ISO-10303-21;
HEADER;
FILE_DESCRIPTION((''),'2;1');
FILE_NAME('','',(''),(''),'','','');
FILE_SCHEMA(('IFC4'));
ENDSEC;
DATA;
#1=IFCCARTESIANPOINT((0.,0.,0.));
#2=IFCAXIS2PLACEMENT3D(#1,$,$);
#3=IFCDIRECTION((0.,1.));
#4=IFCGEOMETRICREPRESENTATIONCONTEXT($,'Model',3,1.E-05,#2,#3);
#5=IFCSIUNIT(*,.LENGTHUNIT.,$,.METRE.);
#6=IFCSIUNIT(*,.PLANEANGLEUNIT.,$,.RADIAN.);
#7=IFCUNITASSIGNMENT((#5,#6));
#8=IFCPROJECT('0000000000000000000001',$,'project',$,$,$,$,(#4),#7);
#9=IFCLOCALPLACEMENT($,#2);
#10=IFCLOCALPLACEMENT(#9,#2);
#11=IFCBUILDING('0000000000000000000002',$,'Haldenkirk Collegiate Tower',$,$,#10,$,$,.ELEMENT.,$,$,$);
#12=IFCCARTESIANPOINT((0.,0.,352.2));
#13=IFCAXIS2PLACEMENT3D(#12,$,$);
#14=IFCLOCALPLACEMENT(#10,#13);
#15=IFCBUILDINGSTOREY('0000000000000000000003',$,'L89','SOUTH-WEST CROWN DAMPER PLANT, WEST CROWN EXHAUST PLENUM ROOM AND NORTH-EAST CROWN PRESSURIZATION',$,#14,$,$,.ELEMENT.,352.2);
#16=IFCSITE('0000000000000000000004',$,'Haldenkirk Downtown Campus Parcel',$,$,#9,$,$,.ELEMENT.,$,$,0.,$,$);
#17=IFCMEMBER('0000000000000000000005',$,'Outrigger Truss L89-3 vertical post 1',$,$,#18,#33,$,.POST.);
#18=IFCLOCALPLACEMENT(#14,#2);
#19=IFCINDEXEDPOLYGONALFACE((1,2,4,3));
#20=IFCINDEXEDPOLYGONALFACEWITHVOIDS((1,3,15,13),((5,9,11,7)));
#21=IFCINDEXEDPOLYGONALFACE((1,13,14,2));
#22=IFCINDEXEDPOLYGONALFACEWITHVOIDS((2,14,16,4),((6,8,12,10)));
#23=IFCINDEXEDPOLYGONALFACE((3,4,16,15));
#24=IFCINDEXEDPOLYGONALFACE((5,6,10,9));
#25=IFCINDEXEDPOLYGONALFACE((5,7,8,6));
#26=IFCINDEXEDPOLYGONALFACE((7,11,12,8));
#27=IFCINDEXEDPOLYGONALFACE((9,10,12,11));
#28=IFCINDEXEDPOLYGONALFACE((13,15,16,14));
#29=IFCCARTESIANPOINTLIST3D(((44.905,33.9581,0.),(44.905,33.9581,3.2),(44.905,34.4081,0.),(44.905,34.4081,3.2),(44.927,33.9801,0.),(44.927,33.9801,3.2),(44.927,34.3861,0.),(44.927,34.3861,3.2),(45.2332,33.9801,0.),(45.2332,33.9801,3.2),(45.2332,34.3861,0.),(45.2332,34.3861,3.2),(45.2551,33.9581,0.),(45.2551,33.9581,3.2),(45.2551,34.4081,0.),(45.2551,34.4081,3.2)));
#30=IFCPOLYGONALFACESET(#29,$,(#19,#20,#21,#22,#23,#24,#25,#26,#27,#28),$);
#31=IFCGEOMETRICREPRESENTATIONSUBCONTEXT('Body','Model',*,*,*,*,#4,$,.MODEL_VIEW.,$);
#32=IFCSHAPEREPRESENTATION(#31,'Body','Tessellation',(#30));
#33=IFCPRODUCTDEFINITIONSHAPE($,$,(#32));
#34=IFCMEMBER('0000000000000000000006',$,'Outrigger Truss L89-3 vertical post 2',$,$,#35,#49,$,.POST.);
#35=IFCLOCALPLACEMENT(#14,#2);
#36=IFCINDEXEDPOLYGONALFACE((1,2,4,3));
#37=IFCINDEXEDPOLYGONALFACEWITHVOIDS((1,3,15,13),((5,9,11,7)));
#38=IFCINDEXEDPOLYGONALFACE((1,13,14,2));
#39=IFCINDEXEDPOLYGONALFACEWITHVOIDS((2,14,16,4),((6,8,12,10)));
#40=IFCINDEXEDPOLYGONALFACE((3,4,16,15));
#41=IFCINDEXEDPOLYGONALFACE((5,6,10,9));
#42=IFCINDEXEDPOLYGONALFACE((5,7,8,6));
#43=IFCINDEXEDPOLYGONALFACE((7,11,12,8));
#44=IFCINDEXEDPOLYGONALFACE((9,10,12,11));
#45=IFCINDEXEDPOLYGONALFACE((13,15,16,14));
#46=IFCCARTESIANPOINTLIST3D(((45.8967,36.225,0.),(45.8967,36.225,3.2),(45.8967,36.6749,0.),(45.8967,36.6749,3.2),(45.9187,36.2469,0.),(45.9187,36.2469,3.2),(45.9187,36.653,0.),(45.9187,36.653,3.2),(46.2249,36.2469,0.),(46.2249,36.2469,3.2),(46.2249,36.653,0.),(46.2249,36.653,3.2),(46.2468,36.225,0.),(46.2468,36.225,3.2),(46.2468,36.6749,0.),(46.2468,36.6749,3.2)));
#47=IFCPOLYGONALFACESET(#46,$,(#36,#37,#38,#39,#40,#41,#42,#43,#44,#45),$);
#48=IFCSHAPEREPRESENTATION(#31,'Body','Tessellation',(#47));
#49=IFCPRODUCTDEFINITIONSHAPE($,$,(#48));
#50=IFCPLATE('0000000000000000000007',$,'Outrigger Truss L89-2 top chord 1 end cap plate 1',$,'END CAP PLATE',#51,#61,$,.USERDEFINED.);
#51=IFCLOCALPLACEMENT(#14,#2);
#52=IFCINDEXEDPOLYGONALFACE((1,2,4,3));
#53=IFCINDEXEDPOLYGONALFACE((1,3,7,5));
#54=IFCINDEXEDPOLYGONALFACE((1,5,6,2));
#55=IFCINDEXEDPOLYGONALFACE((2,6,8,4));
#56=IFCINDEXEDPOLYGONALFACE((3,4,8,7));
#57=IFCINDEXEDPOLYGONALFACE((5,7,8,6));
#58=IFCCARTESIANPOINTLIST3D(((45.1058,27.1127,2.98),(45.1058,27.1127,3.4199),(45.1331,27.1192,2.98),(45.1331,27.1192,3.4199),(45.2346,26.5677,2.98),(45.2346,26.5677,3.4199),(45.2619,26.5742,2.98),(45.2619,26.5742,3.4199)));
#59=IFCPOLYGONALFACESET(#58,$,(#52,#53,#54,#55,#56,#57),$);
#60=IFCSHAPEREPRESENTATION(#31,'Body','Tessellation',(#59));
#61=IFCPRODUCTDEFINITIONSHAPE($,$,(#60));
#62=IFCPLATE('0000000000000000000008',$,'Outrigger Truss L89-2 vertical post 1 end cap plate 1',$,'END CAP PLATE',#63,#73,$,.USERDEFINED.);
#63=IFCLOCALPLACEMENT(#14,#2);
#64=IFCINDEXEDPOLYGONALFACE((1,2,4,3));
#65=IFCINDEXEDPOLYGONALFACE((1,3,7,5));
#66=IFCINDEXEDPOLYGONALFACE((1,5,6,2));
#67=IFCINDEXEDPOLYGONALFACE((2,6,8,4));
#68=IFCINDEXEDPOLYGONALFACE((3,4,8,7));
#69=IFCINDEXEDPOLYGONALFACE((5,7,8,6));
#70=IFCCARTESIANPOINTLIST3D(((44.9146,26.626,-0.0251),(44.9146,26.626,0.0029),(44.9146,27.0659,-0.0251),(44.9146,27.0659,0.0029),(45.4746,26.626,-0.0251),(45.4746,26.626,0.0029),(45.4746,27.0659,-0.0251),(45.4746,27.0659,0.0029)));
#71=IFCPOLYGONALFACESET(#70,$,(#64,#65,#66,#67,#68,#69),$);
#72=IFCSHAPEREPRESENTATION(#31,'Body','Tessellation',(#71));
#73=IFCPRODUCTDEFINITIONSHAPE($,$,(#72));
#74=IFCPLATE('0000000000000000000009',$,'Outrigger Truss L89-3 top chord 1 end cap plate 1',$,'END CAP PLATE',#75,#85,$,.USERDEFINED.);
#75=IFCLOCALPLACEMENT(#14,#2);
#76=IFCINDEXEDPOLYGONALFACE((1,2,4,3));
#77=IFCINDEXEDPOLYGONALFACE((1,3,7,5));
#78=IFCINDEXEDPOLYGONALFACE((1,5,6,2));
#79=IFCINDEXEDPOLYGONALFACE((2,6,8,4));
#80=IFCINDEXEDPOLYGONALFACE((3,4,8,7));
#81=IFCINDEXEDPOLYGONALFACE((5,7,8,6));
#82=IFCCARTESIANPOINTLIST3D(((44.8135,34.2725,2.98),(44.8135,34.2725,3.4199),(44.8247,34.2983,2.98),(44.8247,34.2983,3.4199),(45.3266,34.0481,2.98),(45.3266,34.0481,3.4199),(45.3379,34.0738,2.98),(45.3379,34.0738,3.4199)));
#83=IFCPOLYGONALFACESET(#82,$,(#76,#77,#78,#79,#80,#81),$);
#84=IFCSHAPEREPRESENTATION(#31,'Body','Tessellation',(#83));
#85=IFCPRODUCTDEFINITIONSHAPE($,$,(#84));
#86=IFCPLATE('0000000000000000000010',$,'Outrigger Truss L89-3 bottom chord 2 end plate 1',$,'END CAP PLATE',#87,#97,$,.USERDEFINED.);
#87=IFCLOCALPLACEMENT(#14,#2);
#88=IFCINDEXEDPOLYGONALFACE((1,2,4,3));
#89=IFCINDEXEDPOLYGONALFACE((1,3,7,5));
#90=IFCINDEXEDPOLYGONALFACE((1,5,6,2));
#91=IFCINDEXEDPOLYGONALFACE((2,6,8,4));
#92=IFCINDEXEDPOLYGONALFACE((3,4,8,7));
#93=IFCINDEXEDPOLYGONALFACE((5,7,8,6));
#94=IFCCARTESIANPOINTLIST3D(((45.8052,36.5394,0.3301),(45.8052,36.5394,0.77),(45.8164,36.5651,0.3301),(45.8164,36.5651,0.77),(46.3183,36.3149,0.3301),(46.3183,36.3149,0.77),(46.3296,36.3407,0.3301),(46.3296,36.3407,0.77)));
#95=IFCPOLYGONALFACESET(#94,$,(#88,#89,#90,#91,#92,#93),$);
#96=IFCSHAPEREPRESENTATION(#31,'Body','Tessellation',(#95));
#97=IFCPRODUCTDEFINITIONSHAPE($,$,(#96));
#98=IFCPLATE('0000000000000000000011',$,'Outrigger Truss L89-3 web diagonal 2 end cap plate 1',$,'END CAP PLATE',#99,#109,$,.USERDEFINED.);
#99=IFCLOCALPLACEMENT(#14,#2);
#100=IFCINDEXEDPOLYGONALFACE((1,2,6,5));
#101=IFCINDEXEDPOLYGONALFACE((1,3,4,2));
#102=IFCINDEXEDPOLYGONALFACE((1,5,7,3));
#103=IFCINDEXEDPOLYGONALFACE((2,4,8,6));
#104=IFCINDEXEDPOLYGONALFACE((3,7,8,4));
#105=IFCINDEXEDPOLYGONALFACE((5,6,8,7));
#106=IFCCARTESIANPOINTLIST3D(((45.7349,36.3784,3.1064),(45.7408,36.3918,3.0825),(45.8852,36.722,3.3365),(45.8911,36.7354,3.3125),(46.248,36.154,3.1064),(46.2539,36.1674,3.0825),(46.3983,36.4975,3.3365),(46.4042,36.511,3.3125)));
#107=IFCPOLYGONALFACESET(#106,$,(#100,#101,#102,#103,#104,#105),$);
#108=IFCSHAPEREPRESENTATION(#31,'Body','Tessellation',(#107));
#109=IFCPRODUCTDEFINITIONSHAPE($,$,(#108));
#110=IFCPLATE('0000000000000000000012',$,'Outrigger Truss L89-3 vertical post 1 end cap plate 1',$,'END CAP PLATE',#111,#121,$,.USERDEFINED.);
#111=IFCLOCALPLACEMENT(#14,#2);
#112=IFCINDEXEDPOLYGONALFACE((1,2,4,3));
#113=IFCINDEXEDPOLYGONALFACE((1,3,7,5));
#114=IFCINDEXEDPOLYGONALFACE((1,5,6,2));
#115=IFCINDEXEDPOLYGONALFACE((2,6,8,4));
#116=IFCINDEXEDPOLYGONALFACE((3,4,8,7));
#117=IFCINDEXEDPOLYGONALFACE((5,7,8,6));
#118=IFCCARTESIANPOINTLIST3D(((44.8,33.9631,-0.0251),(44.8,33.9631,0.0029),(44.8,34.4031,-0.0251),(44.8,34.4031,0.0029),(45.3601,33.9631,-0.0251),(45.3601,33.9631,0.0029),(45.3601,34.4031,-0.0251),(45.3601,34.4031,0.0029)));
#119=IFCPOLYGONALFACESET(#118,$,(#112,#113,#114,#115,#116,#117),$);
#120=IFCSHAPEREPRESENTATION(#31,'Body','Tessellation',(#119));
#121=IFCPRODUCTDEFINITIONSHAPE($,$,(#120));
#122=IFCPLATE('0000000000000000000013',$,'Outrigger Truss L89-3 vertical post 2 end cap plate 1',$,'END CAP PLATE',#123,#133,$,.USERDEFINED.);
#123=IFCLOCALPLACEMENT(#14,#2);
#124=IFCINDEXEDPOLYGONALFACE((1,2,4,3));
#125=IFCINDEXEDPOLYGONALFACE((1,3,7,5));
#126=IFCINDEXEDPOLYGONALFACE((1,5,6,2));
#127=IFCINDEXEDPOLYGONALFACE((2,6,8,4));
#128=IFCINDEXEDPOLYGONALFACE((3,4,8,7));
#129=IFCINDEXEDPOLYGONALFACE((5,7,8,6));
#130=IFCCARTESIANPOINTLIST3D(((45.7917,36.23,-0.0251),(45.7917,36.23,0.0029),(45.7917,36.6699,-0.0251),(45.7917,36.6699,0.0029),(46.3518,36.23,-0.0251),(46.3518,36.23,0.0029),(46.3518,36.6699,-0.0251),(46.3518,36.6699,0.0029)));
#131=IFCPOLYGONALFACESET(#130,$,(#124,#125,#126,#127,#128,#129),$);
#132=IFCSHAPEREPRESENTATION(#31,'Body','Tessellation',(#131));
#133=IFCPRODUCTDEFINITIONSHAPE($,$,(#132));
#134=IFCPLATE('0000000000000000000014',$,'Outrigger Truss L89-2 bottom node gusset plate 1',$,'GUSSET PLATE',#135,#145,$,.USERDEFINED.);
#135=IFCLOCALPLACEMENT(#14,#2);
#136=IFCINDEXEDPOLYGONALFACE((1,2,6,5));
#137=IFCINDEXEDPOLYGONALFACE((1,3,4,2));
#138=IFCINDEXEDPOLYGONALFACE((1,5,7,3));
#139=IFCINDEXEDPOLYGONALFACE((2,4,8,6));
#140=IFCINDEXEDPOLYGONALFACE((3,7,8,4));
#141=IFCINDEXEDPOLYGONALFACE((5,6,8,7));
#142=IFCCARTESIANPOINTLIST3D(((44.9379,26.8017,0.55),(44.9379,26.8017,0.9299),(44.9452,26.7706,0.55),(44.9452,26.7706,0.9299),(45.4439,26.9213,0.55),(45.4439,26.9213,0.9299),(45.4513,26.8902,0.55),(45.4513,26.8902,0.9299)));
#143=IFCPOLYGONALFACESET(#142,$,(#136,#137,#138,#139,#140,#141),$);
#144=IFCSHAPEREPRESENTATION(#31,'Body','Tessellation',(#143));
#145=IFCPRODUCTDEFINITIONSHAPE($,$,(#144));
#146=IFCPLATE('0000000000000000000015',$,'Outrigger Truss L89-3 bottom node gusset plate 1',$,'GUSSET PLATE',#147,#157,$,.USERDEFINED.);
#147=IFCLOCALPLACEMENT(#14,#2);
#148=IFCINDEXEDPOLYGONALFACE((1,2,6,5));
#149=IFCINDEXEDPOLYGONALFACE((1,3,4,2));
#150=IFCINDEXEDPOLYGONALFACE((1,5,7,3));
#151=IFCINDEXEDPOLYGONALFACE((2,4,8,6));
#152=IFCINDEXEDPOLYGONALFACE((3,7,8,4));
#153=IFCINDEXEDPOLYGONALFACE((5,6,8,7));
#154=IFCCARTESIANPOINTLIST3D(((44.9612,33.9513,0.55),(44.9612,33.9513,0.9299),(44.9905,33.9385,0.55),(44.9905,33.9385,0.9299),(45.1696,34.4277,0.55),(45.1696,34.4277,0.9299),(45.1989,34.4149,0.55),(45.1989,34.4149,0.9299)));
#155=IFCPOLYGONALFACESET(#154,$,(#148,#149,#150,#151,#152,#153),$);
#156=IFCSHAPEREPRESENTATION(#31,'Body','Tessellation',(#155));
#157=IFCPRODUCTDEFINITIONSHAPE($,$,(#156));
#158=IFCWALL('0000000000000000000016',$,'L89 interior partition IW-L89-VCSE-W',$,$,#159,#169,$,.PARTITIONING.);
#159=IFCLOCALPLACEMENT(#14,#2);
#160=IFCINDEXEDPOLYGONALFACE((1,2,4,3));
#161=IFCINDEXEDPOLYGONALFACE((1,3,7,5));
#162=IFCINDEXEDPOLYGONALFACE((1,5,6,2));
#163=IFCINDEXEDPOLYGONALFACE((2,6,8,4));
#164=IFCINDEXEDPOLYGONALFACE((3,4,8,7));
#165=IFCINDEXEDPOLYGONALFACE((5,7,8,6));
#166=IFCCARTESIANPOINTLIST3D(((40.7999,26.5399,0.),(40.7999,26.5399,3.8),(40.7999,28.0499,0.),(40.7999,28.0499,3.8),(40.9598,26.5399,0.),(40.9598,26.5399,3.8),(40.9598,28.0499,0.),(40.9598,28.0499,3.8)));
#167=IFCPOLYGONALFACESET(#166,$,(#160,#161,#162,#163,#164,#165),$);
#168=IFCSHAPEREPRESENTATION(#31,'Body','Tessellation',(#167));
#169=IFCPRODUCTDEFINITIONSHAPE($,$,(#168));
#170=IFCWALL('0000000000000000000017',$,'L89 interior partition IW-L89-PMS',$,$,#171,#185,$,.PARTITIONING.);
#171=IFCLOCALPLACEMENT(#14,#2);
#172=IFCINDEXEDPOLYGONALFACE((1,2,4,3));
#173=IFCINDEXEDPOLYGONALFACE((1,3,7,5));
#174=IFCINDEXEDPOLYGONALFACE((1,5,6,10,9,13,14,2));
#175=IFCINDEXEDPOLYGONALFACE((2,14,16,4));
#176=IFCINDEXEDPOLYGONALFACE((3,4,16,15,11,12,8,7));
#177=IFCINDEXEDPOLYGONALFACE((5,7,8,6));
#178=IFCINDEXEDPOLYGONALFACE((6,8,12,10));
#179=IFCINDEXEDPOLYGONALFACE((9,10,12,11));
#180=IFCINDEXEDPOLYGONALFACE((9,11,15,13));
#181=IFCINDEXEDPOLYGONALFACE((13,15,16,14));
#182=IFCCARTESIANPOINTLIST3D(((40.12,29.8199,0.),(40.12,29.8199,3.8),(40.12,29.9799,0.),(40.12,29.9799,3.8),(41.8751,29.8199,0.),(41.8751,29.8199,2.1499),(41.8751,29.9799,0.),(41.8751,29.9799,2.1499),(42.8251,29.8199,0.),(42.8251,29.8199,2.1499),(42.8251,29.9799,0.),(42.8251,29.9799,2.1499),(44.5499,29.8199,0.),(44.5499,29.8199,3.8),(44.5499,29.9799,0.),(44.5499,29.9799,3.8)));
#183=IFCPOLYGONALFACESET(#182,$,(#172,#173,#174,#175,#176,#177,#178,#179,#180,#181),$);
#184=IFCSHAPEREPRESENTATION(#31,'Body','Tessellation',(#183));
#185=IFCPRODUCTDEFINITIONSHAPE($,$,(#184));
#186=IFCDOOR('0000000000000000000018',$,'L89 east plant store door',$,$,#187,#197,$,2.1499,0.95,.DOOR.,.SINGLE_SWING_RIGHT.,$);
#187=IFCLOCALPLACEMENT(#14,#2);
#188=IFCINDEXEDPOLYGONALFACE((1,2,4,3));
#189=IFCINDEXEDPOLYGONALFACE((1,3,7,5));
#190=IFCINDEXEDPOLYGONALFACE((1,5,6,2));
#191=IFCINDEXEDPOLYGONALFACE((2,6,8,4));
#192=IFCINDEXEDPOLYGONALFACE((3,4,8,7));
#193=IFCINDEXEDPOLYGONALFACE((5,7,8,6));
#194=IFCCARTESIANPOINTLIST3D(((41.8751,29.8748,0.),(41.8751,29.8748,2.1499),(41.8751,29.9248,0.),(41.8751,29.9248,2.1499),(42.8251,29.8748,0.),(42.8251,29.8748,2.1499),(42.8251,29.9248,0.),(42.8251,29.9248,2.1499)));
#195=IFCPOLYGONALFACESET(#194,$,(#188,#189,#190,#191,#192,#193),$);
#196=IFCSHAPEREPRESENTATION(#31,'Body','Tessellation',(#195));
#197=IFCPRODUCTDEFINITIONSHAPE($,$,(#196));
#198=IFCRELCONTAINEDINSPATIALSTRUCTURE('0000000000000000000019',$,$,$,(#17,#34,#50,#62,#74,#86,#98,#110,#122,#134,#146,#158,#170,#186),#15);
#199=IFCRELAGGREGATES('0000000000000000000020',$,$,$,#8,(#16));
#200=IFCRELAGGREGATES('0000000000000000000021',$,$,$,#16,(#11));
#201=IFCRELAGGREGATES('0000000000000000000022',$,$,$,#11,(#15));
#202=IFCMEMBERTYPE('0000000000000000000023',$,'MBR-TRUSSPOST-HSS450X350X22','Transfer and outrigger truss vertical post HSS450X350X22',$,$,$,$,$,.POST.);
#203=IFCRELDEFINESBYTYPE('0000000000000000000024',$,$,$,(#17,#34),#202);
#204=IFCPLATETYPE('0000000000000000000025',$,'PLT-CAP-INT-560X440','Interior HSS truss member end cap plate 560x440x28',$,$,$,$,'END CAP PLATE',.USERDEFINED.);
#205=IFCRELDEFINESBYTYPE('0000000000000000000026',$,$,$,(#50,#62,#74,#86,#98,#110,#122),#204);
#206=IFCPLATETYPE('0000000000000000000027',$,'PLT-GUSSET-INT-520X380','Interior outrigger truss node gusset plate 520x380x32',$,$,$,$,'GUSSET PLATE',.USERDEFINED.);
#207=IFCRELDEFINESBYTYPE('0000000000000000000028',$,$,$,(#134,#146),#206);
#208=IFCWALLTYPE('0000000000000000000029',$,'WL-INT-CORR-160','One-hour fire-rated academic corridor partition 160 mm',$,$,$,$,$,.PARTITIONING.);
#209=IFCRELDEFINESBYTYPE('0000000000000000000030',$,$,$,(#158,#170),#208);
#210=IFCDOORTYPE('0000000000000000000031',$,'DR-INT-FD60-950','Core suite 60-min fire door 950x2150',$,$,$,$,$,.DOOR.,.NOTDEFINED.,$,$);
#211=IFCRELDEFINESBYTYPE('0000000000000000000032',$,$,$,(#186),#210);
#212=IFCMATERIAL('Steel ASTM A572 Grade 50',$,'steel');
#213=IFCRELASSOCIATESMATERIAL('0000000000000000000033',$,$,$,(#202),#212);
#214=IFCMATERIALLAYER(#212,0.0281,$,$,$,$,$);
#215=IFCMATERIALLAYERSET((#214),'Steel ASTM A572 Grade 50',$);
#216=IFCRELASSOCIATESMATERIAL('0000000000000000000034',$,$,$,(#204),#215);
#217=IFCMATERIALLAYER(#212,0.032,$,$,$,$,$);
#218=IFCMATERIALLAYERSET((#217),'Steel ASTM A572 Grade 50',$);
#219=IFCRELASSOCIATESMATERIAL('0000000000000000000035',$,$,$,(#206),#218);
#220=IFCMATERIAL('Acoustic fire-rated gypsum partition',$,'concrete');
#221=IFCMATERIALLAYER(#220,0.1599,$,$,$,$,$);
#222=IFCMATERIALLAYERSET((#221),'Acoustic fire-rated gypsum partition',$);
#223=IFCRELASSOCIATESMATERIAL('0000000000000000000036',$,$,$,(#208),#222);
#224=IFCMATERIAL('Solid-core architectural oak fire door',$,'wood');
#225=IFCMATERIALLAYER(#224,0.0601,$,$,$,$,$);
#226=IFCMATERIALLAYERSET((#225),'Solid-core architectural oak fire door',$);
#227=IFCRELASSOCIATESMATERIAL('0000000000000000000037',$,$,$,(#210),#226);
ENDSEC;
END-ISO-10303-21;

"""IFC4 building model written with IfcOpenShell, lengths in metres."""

from ifc_helpers import new_model, si_unit, direction, frame, frame_2d, origin, origin_2d, place, context, subcontext, project, spatial, rectangle, hollow_rectangle, extrude, source, transform, mapped, material, layer, layer_set, material_profile, profile_set, type_object, element, fill, save


model = new_model("IFC4")

# Units and contexts
model_context = context("Model", 3, precision=1e-05, world=origin(), true_north=direction((0.0, 1.0)))
body_context = subcontext(model_context, "Body", "Model", "MODEL_VIEW")
ifc_project = project(units=[si_unit("LENGTHUNIT", "METRE"), si_unit("PLANEANGLEUNIT", "RADIAN")], contexts=[model_context])

# Site, building, storey
site_placement = place(None, origin())
site = spatial("IfcSite", under=ifc_project, at=site_placement, Name="Haldenkirk Downtown Campus Parcel", CompositionType="ELEMENT", RefElevation=0.0)
building_placement = place(site_placement, origin())
building = spatial("IfcBuilding", under=site, at=building_placement, Name="Haldenkirk Collegiate Tower", CompositionType="ELEMENT")
storey_placement = place(building_placement, frame((0.0, 0.0, 352.2)))
storey = spatial("IfcBuildingStorey", under=building, at=storey_placement, Name="L89", Description="SOUTH-WEST CROWN DAMPER PLANT, WEST CROWN EXHAUST PLENUM ROOM AND NORTH-EAST CROWN PRESSURIZATION", CompositionType="ELEMENT", Elevation=352.2)

# Members
ifc_material_1 = material(Name="Steel ASTM A572 Grade 50", Category="steel")
ifc_material_profile_1 = material_profile(ifc_material_1, hollow_rectangle(XDim=0.3501, YDim=0.45, WallThickness=0.022, at=origin_2d()), Name="HSS450X350X22")
ifc_profile_set_1 = profile_set([ifc_material_profile_1], Name="Steel ASTM A572 Grade 50")
member_type_1 = type_object("IfcMemberType", Name="MBR-TRUSSPOST-HSS450X350X22", Description="Transfer and outrigger truss vertical post HSS450X350X22", PredefinedType="POST", material=ifc_profile_set_1)
for number, where, z_axis, x_axis, name in (
    (1, (45.0801, 34.1831, 0.0), (0.0, 0.0, 1.0), (1.0, 0.0, 0.0), "Outrigger Truss L89-3 vertical post 1"),
    (2, (46.0718, 36.45, 0.0), (0.0, 0.0, 1.0), (1.0, 0.0, 0.0), "Outrigger Truss L89-3 vertical post 2"),
):
    element("IfcMember", number, at=place(storey_placement, frame(where, z_axis=z_axis, x_axis=x_axis)), inside=storey, type_object=member_type_1, Name=name, PredefinedType="POST", context=body_context, shape_type="SweptSolid", body=[
        extrude(hollow_rectangle(XDim=0.3501, YDim=0.45, WallThickness=0.022, at=origin_2d()), origin(), (0.0, 0.0, 1.0), 3.2),
    ])

# Plates
ifc_layer_1 = layer(ifc_material_1, 0.0281)
ifc_layer_set_1 = layer_set([ifc_layer_1], Name="Steel ASTM A572 Grade 50")
plate_type_1 = type_object("IfcPlateType", Name="PLT-CAP-INT-560X440", Description="Interior HSS truss member end cap plate 560x440x28", ElementType="END CAP PLATE", PredefinedType="USERDEFINED", material=ifc_layer_set_1)
shared_shape_1 = source(origin(), body_context, "Body", "SweptSolid", [
    extrude(rectangle(XDim=0.5601, YDim=0.4399, at=origin_2d()), origin(), (0.0, 0.0, 1.0), 0.0281),
])
for number, where, z_axis, x_axis, name in (
    (3, (45.1975, 26.8467, 3.2), (-0.973203, -0.229946, 0.0), (0.229946, -0.973203, 0.0), "Outrigger Truss L89-2 top chord 1 end cap plate 1"),
    (4, (45.1946, 26.8459, 0.0029), (0.0, 0.0, -1.0), (1.0, 0.0, 0.0), "Outrigger Truss L89-2 vertical post 1 end cap plate 1"),
    (5, (45.0813, 34.186, 3.2), (-0.400776, -0.916176, 0.0), (0.916176, -0.400776, 0.0), "Outrigger Truss L89-3 top chord 1 end cap plate 1"),
    (6, (46.073, 36.4529, 0.55), (-0.400763, -0.916182, 0.0), (0.916182, -0.400763, 0.0), "Outrigger Truss L89-3 bottom chord 2 end plate 1"),
    (7, (46.0725, 36.4514, 3.1975), (-0.209532, -0.479055, 0.85241), (0.916195, -0.400732, 0.0), "Outrigger Truss L89-3 web diagonal 2 end cap plate 1"),
    (8, (45.0801, 34.1831, 0.0029), (0.0, 0.0, -1.0), (1.0, 0.0, 0.0), "Outrigger Truss L89-3 vertical post 1 end cap plate 1"),
    (9, (46.0718, 36.45, 0.0029), (0.0, 0.0, -1.0), (1.0, 0.0, 0.0), "Outrigger Truss L89-3 vertical post 2 end cap plate 1"),
):
    element("IfcPlate", number, at=place(storey_placement, frame(where, z_axis=z_axis, x_axis=x_axis)), inside=storey, type_object=plate_type_1, Name=name, ObjectType="END CAP PLATE", PredefinedType="USERDEFINED", context=body_context, shape_type="MappedRepresentation", body=[
        mapped(shared_shape_1, transform((0.0, 0.0, 0.0), x_axis=(1.0, 0.0, 0.0), y_axis=(0.0, 1.0, 0.0), z_axis=(0.0, 0.0, 1.0), scale=1.0)),
    ])
ifc_layer_2 = layer(ifc_material_1, 0.032)
ifc_layer_set_2 = layer_set([ifc_layer_2], Name="Steel ASTM A572 Grade 50")
plate_type_2 = type_object("IfcPlateType", Name="PLT-GUSSET-INT-520X380", Description="Interior outrigger truss node gusset plate 520x380x32", ElementType="GUSSET PLATE", PredefinedType="USERDEFINED", material=ifc_layer_set_2)
shared_shape_2 = source(origin(), body_context, "Body", "SweptSolid", [
    extrude(rectangle(XDim=0.52, YDim=0.032, at=origin_2d()), origin(), (0.0, 0.0, 1.0), 0.3799),
])
for number, where, z_axis, x_axis, name in (
    (10, (45.1946, 26.8459, 0.55), (0.0, 0.0, 1.0), (0.973202, 0.229951, 0.0), "Outrigger Truss L89-2 bottom node gusset plate 1"),
    (11, (45.0801, 34.1831, 0.55), (0.0, 0.0, 1.0), (0.400763, 0.916182, 0.0), "Outrigger Truss L89-3 bottom node gusset plate 1"),
):
    element("IfcPlate", number, at=place(storey_placement, frame(where, z_axis=z_axis, x_axis=x_axis)), inside=storey, type_object=plate_type_2, Name=name, ObjectType="GUSSET PLATE", PredefinedType="USERDEFINED", context=body_context, shape_type="MappedRepresentation", body=[
        mapped(shared_shape_2, transform((0.0, 0.0, 0.0), x_axis=(1.0, 0.0, 0.0), y_axis=(0.0, 1.0, 0.0), z_axis=(0.0, 0.0, 1.0), scale=1.0)),
    ])

# Shared definitions
ifc_material_2 = material(Name="Acoustic fire-rated gypsum partition", Category="concrete")
ifc_layer_3 = layer(ifc_material_2, 0.1599)
ifc_layer_set_3 = layer_set([ifc_layer_3], Name="Acoustic fire-rated gypsum partition")
wall_type_1 = type_object("IfcWallType", Name="WL-INT-CORR-160", Description="One-hour fire-rated academic corridor partition 160 mm", PredefinedType="PARTITIONING", material=ifc_layer_set_3)
ifc_material_3 = material(Name="Solid-core architectural oak fire door", Category="wood")
ifc_layer_4 = layer(ifc_material_3, 0.0601)
ifc_layer_set_4 = layer_set([ifc_layer_4], Name="Solid-core architectural oak fire door")
door_type = type_object("IfcDoorType", Name="DR-INT-FD60-950", Description="Core suite 60-min fire door 950x2150", OperationType="NOTDEFINED", PredefinedType="DOOR", material=ifc_layer_set_4)

# Wall
wall_1_placement = place(storey_placement, frame((40.8799, 26.54, 0.0), z_axis=(0.0, 0.0, 1.0), x_axis=(0.0, 1.0, 0.0)))
element("IfcWall", 12, at=wall_1_placement, inside=storey, type_object=wall_type_1, Name="L89 interior partition IW-L89-VCSE-W", PredefinedType="PARTITIONING", context=body_context, shape_type="SweptSolid", body=[
    extrude(rectangle(XDim=1.51, YDim=0.1599, at=frame_2d((0.7549, 0.0))), origin(), (0.0, 0.0, 1.0), 3.8),
])

# Wall, opening, door
wall_2_placement = place(storey_placement, frame((40.1201, 29.8999, 0.0), z_axis=(0.0, 0.0, 1.0), x_axis=(1.0, 0.0, 0.0)))
wall_2 = element("IfcWall", 13, at=wall_2_placement, inside=storey, type_object=wall_type_1, Name="L89 interior partition IW-L89-PMS", PredefinedType="PARTITIONING", context=body_context, shape_type="SweptSolid", body=[
    extrude(rectangle(XDim=4.4299, YDim=0.1599, at=frame_2d((2.2148, 0.0))), origin(), (0.0, 0.0, 1.0), 3.8),
])
opening_1_placement = place(wall_2_placement, frame((1.7549, 0.0, 0.0)))
opening_1 = element("IfcOpeningElement", 14, at=opening_1_placement, cuts=wall_2, PredefinedType="OPENING", context=body_context, shape_type="SweptSolid", body=[
    extrude(rectangle(XDim=0.95, YDim=2.1499, at=frame_2d((0.4751, 1.075))), frame((0.0, 0.0898, 0.0), z_axis=(0.0, -1.0, 0.0), x_axis=(1.0, 0.0, 0.0)), (0.0, 0.0, 1.0), 0.1799),
])
door_1_placement = place(opening_1_placement, origin())
door_1 = element("IfcDoor", 15, at=door_1_placement, inside=storey, type_object=door_type, Name="L89 east plant store door", OperationType="SINGLE_SWING_RIGHT", OverallHeight=2.1499, OverallWidth=0.95, PredefinedType="DOOR", context=body_context, shape_type="SweptSolid", body=[
    extrude(rectangle(XDim=0.95, YDim=2.1499, at=frame_2d((0.4751, 1.075))), frame((0.0, 0.0249, 0.0), z_axis=(0.0, -1.0, 0.0), x_axis=(1.0, 0.0, 0.0)), (0.0, 0.0, 1.0), 0.05),
])
fill(opening_1, door_1)

save(model, "model.ifc")
